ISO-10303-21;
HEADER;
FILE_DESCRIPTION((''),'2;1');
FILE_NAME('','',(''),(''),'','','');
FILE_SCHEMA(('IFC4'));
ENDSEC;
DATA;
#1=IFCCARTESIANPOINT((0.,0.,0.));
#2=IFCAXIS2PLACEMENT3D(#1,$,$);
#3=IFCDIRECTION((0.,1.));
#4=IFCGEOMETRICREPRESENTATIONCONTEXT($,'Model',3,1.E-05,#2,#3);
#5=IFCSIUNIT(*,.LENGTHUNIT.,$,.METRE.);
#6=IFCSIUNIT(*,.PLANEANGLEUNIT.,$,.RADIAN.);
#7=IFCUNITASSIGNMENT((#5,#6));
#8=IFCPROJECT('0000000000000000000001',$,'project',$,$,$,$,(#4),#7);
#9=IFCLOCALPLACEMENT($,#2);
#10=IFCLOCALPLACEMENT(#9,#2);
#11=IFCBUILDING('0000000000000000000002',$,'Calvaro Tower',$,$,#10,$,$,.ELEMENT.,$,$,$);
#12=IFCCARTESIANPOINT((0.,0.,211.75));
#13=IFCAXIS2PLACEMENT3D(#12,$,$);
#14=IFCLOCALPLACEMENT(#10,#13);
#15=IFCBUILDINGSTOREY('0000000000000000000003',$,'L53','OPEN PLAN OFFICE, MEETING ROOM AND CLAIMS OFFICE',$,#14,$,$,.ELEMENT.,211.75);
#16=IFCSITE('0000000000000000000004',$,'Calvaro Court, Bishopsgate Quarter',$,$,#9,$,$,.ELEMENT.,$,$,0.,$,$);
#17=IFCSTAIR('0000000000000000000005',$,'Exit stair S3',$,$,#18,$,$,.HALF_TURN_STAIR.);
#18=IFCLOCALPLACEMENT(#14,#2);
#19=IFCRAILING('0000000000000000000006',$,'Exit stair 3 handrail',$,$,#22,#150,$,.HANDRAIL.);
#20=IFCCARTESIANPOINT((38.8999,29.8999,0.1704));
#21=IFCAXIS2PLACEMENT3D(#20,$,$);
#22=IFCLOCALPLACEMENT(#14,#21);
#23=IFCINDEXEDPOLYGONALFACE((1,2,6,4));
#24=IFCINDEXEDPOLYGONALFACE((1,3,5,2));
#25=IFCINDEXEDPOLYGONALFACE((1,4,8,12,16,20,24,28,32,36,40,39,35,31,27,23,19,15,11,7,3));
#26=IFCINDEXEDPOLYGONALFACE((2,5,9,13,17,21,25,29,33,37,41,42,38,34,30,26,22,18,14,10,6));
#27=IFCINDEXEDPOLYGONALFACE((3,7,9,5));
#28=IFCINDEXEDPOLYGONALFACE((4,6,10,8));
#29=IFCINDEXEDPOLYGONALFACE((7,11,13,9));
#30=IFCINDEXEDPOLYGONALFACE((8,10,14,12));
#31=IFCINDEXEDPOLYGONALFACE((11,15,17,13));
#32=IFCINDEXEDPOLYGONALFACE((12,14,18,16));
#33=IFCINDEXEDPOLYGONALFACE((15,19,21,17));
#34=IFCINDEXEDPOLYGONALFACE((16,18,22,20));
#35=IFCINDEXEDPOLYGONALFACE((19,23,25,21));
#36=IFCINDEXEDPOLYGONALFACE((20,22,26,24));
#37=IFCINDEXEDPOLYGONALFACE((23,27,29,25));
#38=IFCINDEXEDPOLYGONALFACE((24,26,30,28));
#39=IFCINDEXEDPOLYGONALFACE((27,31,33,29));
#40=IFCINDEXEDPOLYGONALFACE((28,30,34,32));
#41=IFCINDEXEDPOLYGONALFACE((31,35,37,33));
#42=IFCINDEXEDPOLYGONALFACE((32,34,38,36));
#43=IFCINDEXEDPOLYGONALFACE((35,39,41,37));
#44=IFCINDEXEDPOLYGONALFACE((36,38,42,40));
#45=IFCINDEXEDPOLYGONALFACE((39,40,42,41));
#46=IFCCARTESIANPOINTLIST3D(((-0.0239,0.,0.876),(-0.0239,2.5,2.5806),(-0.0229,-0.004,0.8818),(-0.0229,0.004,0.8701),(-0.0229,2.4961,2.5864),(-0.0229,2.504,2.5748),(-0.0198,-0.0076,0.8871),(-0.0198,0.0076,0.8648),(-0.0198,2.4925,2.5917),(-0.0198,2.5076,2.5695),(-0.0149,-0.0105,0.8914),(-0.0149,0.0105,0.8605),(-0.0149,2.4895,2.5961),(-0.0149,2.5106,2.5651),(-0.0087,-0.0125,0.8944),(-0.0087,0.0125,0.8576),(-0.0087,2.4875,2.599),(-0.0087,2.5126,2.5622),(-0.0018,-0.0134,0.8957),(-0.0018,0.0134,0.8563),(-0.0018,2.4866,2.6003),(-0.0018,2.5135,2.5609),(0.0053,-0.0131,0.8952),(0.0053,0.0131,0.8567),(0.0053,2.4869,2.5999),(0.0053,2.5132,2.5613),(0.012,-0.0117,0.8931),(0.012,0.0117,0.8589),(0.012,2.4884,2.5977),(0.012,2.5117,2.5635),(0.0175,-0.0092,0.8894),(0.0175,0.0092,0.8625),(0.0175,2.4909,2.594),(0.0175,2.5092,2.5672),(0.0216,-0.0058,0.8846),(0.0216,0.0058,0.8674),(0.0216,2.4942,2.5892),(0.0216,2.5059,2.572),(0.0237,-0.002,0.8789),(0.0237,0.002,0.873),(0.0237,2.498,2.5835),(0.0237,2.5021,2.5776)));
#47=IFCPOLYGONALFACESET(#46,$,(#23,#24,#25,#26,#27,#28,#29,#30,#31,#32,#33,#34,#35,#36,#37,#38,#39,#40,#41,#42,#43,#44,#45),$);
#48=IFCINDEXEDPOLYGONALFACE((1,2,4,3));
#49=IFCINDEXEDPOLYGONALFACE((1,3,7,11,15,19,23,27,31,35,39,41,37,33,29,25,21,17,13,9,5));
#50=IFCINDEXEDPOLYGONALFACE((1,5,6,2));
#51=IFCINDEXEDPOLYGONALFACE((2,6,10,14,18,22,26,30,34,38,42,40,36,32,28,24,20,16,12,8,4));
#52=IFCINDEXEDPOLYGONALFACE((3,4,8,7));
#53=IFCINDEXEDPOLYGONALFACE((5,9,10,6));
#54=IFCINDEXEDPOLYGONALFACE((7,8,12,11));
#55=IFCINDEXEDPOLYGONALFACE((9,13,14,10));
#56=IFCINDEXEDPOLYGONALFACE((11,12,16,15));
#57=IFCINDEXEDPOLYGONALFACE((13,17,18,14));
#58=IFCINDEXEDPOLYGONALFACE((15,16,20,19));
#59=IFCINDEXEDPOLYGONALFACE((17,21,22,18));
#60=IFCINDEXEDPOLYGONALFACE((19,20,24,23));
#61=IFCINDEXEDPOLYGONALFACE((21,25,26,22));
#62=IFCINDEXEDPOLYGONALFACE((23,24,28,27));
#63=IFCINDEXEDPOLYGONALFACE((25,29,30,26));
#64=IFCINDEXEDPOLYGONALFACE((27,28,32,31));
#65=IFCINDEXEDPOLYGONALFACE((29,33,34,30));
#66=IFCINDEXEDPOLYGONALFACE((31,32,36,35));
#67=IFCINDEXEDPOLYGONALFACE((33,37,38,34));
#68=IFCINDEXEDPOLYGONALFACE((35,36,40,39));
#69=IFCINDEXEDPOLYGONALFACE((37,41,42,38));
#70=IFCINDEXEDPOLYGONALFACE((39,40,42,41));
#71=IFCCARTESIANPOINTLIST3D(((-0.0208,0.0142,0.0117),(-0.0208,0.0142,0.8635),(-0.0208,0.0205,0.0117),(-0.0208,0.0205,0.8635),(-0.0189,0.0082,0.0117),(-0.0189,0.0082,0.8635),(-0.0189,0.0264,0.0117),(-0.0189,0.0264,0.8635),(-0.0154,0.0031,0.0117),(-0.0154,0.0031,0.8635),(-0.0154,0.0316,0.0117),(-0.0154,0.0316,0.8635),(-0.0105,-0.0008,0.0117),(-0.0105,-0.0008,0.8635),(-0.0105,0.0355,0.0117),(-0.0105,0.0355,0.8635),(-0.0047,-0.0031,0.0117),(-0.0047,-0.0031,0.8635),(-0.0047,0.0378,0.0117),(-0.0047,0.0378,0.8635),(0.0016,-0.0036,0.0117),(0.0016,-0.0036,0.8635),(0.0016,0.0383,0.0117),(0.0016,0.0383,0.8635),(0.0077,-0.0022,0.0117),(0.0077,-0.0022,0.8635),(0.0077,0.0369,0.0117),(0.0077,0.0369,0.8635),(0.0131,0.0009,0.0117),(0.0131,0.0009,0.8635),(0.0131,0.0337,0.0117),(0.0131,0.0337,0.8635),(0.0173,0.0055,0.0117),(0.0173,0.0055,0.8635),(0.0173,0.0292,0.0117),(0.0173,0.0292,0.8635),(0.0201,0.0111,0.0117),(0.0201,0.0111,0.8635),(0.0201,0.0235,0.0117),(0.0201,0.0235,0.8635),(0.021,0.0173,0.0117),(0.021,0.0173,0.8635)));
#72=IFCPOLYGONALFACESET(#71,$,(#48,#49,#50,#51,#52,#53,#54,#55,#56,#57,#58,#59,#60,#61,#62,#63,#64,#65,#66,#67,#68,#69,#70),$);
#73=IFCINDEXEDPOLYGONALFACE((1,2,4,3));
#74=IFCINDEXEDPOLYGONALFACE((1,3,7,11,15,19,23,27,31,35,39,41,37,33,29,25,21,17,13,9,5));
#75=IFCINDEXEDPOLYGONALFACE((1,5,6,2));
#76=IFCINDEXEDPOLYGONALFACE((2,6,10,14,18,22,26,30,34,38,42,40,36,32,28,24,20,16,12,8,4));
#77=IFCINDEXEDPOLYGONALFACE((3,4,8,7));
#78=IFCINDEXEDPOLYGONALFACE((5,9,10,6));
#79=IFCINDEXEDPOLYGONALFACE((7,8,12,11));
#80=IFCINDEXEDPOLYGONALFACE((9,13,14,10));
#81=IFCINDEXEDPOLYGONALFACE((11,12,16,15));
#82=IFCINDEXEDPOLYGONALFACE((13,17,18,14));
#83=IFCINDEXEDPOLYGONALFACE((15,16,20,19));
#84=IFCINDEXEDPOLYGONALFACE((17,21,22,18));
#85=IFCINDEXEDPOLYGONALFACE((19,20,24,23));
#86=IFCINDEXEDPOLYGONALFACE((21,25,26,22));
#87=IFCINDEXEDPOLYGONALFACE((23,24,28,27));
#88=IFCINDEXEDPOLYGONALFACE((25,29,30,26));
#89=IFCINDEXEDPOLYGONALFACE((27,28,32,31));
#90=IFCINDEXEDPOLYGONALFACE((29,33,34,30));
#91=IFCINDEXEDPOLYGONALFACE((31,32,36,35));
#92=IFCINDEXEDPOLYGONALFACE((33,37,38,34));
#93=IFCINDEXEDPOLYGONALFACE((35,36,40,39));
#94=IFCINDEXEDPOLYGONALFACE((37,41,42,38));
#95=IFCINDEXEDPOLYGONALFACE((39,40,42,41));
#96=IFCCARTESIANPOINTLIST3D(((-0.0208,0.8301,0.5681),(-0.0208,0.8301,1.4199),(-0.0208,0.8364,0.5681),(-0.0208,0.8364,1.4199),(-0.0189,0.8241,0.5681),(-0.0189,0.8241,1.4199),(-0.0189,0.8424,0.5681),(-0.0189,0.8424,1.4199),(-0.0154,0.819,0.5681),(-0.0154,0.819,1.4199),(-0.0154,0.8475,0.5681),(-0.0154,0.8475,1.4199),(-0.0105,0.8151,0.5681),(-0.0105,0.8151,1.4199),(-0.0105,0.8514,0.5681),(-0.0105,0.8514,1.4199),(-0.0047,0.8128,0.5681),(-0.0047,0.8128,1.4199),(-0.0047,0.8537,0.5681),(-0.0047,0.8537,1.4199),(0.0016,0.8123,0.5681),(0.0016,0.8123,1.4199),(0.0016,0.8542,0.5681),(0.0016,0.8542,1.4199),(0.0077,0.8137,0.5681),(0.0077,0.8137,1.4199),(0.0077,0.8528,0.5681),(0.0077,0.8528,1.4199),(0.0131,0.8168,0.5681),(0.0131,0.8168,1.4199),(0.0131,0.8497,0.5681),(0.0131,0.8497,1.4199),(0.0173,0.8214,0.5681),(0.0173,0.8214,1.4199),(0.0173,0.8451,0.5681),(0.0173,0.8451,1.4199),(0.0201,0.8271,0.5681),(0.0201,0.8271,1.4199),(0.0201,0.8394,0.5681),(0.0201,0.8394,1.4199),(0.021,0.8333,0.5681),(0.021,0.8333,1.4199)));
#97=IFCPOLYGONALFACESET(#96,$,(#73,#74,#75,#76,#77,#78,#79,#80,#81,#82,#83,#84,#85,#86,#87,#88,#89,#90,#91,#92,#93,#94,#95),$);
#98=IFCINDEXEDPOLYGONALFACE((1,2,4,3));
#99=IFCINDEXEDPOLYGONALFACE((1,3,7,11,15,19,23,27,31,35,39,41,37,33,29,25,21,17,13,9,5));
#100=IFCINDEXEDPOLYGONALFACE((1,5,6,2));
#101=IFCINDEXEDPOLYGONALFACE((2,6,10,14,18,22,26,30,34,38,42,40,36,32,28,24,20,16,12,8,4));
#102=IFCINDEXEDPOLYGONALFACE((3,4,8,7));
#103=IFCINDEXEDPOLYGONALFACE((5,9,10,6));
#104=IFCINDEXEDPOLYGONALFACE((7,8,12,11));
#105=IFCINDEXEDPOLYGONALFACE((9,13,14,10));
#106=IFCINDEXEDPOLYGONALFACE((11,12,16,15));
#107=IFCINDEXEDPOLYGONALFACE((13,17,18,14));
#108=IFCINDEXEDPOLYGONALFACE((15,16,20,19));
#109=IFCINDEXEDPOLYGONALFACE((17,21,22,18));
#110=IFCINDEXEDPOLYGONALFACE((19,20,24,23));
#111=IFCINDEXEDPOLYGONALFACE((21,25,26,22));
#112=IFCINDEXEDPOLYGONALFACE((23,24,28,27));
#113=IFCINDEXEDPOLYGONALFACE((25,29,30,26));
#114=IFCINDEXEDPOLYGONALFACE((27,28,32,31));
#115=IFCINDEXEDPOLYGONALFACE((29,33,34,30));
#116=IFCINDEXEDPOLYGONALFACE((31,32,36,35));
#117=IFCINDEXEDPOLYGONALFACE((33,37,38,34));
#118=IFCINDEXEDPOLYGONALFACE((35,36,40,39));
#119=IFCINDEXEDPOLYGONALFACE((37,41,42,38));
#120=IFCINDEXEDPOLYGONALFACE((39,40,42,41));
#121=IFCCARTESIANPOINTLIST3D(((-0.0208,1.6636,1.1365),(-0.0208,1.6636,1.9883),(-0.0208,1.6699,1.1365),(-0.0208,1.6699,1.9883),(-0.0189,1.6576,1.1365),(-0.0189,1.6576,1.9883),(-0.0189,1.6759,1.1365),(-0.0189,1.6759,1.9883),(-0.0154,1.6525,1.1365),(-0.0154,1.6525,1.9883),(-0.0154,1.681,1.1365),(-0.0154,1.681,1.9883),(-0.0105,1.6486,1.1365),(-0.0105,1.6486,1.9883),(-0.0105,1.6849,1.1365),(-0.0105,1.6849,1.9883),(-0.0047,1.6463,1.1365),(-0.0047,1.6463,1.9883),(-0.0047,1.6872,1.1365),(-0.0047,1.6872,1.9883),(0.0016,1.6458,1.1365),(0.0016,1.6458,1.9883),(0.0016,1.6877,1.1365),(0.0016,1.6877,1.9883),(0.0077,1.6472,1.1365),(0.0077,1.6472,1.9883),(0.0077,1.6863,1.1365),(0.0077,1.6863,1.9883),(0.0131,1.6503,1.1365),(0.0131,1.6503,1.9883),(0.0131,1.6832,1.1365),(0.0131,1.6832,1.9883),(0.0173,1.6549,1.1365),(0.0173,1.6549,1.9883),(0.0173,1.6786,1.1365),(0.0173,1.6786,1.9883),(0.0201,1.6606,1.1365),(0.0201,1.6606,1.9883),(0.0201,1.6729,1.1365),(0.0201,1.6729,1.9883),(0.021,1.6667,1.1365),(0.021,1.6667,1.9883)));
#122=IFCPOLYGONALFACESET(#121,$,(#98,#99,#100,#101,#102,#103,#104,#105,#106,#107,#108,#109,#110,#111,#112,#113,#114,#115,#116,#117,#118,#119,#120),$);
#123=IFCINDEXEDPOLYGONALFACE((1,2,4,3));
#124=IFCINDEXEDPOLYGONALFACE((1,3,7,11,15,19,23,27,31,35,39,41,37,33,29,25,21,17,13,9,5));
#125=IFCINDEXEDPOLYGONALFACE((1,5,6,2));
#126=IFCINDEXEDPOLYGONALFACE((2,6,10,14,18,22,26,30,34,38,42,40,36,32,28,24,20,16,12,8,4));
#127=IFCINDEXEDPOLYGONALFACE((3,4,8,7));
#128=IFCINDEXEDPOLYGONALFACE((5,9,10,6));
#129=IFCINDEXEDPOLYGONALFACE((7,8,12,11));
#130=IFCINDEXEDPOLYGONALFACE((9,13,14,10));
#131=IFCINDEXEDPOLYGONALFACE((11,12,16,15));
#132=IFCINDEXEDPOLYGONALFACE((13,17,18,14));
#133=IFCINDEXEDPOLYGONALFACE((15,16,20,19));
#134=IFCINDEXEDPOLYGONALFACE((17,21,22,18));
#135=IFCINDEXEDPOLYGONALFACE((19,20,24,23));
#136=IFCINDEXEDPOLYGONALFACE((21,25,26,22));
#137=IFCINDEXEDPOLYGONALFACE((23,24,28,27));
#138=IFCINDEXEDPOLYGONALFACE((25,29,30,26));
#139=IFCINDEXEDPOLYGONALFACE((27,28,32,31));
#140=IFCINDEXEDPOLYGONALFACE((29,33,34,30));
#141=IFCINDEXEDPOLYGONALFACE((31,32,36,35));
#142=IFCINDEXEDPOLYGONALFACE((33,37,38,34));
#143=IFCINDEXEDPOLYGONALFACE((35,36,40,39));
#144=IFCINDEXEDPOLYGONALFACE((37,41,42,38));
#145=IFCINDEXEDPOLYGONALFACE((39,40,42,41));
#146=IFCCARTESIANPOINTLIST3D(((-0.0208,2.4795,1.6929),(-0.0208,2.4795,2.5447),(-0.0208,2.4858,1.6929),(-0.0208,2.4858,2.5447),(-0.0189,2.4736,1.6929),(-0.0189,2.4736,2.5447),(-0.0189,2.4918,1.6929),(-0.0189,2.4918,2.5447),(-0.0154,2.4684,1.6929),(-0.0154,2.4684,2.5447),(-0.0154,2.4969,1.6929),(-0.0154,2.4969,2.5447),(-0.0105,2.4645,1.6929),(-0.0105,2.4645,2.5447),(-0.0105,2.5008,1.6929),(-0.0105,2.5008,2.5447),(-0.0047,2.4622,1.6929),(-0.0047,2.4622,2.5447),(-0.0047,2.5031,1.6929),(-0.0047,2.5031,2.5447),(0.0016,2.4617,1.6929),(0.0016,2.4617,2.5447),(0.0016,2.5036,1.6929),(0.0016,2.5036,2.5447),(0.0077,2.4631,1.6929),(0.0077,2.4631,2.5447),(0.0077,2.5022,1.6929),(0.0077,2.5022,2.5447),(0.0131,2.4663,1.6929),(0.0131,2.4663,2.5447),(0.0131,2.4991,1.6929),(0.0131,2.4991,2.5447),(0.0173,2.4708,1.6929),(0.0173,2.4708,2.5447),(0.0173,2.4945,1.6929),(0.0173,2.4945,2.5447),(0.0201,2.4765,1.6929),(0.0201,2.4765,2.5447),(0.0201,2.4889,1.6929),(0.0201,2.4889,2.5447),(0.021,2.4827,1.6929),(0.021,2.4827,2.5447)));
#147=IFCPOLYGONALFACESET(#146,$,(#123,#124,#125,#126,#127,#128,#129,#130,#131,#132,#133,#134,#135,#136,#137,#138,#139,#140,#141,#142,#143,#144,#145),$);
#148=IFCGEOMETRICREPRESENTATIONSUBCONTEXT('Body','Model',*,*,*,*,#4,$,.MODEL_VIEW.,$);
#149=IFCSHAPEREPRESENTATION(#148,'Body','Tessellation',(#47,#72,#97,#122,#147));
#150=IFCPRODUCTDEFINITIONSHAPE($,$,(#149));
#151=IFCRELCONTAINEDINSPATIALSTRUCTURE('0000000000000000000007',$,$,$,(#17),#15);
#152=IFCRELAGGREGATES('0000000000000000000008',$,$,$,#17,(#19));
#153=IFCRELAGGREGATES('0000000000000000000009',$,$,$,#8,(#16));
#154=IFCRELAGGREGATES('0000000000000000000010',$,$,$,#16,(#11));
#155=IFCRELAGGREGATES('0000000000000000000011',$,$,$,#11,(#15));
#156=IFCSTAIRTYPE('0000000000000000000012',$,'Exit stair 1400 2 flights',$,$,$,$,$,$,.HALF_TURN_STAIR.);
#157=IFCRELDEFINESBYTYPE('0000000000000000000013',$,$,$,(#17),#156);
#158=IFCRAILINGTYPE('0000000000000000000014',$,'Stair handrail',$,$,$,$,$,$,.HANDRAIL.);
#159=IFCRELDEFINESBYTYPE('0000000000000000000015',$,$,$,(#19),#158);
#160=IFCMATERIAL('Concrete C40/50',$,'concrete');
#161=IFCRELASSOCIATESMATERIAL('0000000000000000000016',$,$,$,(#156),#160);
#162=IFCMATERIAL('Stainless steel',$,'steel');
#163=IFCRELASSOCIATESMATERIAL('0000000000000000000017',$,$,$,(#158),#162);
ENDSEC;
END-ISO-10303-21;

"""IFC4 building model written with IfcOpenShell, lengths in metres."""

from ifc_helpers import new_model, si_unit, direction, frame, origin, origin_2d, place, context, subcontext, project, spatial, circle, extrude, material, type_object, element, aggregate, save


model = new_model("IFC4")

# Units and contexts
model_context = context("Model", 3, precision=1e-05, world=origin(), true_north=direction((0.0, 1.0)))
body_context = subcontext(model_context, "Body", "Model", "MODEL_VIEW")
ifc_project = project(units=[si_unit("LENGTHUNIT", "METRE"), si_unit("PLANEANGLEUNIT", "RADIAN")], contexts=[model_context])

# Site, building, storey
site_placement = place(None, origin())
site = spatial("IfcSite", under=ifc_project, at=site_placement, Name="Calvaro Court, Bishopsgate Quarter", CompositionType="ELEMENT", RefElevation=0.0)
building_placement = place(site_placement, origin())
building = spatial("IfcBuilding", under=site, at=building_placement, Name="Calvaro Tower", CompositionType="ELEMENT")
storey_placement = place(building_placement, frame((0.0, 0.0, 211.75)))
storey = spatial("IfcBuildingStorey", under=building, at=storey_placement, Name="L53", Description="OPEN PLAN OFFICE, MEETING ROOM AND CLAIMS OFFICE", CompositionType="ELEMENT", Elevation=211.75)

# Stair, railing
ifc_material_1 = material(Name="Concrete C40/50", Category="concrete")
stair_type = type_object("IfcStairType", Name="Exit stair 1400 2 flights", PredefinedType="HALF_TURN_STAIR", material=ifc_material_1)
stair_placement = place(storey_placement, origin())
stair = element("IfcStair", 1, at=stair_placement, inside=storey, type_object=stair_type, Name="Exit stair S3", PredefinedType="HALF_TURN_STAIR")
ifc_material_2 = material(Name="Stainless steel", Category="steel")
railing_type = type_object("IfcRailingType", Name="Stair handrail", PredefinedType="HANDRAIL", material=ifc_material_2)
railing_1_placement = place(storey_placement, frame((38.8999, 29.8999, 0.1704)))
railing_1 = element("IfcRailing", 2, at=railing_1_placement, type_object=railing_type, Name="Exit stair 3 handrail", PredefinedType="HANDRAIL", context=body_context, shape_type="SweptSolid", body=[
    extrude(circle(Radius=0.0239, at=origin_2d()), frame((0.0, 0.0, 0.876), z_axis=(0.0, 0.826221, 0.563347), x_axis=(-1.0, 0.0, 0.0)), (0.0, 0.0, 1.0), 3.0259),
    extrude(circle(Radius=0.021, at=origin_2d()), frame((0.0, 0.0173, 0.0117)), (0.0, 0.0, 1.0), 0.8518),
    extrude(circle(Radius=0.021, at=origin_2d()), frame((0.0, 0.8333, 0.5681)), (0.0, 0.0, 1.0), 0.8518),
    extrude(circle(Radius=0.021, at=origin_2d()), frame((0.0, 1.6667, 1.1365)), (0.0, 0.0, 1.0), 0.8518),
    extrude(circle(Radius=0.021, at=origin_2d()), frame((0.0, 2.4827, 1.6929)), (0.0, 0.0, 1.0), 0.8518),
])
aggregate(stair, [railing_1])

save(model, "model.ifc")
